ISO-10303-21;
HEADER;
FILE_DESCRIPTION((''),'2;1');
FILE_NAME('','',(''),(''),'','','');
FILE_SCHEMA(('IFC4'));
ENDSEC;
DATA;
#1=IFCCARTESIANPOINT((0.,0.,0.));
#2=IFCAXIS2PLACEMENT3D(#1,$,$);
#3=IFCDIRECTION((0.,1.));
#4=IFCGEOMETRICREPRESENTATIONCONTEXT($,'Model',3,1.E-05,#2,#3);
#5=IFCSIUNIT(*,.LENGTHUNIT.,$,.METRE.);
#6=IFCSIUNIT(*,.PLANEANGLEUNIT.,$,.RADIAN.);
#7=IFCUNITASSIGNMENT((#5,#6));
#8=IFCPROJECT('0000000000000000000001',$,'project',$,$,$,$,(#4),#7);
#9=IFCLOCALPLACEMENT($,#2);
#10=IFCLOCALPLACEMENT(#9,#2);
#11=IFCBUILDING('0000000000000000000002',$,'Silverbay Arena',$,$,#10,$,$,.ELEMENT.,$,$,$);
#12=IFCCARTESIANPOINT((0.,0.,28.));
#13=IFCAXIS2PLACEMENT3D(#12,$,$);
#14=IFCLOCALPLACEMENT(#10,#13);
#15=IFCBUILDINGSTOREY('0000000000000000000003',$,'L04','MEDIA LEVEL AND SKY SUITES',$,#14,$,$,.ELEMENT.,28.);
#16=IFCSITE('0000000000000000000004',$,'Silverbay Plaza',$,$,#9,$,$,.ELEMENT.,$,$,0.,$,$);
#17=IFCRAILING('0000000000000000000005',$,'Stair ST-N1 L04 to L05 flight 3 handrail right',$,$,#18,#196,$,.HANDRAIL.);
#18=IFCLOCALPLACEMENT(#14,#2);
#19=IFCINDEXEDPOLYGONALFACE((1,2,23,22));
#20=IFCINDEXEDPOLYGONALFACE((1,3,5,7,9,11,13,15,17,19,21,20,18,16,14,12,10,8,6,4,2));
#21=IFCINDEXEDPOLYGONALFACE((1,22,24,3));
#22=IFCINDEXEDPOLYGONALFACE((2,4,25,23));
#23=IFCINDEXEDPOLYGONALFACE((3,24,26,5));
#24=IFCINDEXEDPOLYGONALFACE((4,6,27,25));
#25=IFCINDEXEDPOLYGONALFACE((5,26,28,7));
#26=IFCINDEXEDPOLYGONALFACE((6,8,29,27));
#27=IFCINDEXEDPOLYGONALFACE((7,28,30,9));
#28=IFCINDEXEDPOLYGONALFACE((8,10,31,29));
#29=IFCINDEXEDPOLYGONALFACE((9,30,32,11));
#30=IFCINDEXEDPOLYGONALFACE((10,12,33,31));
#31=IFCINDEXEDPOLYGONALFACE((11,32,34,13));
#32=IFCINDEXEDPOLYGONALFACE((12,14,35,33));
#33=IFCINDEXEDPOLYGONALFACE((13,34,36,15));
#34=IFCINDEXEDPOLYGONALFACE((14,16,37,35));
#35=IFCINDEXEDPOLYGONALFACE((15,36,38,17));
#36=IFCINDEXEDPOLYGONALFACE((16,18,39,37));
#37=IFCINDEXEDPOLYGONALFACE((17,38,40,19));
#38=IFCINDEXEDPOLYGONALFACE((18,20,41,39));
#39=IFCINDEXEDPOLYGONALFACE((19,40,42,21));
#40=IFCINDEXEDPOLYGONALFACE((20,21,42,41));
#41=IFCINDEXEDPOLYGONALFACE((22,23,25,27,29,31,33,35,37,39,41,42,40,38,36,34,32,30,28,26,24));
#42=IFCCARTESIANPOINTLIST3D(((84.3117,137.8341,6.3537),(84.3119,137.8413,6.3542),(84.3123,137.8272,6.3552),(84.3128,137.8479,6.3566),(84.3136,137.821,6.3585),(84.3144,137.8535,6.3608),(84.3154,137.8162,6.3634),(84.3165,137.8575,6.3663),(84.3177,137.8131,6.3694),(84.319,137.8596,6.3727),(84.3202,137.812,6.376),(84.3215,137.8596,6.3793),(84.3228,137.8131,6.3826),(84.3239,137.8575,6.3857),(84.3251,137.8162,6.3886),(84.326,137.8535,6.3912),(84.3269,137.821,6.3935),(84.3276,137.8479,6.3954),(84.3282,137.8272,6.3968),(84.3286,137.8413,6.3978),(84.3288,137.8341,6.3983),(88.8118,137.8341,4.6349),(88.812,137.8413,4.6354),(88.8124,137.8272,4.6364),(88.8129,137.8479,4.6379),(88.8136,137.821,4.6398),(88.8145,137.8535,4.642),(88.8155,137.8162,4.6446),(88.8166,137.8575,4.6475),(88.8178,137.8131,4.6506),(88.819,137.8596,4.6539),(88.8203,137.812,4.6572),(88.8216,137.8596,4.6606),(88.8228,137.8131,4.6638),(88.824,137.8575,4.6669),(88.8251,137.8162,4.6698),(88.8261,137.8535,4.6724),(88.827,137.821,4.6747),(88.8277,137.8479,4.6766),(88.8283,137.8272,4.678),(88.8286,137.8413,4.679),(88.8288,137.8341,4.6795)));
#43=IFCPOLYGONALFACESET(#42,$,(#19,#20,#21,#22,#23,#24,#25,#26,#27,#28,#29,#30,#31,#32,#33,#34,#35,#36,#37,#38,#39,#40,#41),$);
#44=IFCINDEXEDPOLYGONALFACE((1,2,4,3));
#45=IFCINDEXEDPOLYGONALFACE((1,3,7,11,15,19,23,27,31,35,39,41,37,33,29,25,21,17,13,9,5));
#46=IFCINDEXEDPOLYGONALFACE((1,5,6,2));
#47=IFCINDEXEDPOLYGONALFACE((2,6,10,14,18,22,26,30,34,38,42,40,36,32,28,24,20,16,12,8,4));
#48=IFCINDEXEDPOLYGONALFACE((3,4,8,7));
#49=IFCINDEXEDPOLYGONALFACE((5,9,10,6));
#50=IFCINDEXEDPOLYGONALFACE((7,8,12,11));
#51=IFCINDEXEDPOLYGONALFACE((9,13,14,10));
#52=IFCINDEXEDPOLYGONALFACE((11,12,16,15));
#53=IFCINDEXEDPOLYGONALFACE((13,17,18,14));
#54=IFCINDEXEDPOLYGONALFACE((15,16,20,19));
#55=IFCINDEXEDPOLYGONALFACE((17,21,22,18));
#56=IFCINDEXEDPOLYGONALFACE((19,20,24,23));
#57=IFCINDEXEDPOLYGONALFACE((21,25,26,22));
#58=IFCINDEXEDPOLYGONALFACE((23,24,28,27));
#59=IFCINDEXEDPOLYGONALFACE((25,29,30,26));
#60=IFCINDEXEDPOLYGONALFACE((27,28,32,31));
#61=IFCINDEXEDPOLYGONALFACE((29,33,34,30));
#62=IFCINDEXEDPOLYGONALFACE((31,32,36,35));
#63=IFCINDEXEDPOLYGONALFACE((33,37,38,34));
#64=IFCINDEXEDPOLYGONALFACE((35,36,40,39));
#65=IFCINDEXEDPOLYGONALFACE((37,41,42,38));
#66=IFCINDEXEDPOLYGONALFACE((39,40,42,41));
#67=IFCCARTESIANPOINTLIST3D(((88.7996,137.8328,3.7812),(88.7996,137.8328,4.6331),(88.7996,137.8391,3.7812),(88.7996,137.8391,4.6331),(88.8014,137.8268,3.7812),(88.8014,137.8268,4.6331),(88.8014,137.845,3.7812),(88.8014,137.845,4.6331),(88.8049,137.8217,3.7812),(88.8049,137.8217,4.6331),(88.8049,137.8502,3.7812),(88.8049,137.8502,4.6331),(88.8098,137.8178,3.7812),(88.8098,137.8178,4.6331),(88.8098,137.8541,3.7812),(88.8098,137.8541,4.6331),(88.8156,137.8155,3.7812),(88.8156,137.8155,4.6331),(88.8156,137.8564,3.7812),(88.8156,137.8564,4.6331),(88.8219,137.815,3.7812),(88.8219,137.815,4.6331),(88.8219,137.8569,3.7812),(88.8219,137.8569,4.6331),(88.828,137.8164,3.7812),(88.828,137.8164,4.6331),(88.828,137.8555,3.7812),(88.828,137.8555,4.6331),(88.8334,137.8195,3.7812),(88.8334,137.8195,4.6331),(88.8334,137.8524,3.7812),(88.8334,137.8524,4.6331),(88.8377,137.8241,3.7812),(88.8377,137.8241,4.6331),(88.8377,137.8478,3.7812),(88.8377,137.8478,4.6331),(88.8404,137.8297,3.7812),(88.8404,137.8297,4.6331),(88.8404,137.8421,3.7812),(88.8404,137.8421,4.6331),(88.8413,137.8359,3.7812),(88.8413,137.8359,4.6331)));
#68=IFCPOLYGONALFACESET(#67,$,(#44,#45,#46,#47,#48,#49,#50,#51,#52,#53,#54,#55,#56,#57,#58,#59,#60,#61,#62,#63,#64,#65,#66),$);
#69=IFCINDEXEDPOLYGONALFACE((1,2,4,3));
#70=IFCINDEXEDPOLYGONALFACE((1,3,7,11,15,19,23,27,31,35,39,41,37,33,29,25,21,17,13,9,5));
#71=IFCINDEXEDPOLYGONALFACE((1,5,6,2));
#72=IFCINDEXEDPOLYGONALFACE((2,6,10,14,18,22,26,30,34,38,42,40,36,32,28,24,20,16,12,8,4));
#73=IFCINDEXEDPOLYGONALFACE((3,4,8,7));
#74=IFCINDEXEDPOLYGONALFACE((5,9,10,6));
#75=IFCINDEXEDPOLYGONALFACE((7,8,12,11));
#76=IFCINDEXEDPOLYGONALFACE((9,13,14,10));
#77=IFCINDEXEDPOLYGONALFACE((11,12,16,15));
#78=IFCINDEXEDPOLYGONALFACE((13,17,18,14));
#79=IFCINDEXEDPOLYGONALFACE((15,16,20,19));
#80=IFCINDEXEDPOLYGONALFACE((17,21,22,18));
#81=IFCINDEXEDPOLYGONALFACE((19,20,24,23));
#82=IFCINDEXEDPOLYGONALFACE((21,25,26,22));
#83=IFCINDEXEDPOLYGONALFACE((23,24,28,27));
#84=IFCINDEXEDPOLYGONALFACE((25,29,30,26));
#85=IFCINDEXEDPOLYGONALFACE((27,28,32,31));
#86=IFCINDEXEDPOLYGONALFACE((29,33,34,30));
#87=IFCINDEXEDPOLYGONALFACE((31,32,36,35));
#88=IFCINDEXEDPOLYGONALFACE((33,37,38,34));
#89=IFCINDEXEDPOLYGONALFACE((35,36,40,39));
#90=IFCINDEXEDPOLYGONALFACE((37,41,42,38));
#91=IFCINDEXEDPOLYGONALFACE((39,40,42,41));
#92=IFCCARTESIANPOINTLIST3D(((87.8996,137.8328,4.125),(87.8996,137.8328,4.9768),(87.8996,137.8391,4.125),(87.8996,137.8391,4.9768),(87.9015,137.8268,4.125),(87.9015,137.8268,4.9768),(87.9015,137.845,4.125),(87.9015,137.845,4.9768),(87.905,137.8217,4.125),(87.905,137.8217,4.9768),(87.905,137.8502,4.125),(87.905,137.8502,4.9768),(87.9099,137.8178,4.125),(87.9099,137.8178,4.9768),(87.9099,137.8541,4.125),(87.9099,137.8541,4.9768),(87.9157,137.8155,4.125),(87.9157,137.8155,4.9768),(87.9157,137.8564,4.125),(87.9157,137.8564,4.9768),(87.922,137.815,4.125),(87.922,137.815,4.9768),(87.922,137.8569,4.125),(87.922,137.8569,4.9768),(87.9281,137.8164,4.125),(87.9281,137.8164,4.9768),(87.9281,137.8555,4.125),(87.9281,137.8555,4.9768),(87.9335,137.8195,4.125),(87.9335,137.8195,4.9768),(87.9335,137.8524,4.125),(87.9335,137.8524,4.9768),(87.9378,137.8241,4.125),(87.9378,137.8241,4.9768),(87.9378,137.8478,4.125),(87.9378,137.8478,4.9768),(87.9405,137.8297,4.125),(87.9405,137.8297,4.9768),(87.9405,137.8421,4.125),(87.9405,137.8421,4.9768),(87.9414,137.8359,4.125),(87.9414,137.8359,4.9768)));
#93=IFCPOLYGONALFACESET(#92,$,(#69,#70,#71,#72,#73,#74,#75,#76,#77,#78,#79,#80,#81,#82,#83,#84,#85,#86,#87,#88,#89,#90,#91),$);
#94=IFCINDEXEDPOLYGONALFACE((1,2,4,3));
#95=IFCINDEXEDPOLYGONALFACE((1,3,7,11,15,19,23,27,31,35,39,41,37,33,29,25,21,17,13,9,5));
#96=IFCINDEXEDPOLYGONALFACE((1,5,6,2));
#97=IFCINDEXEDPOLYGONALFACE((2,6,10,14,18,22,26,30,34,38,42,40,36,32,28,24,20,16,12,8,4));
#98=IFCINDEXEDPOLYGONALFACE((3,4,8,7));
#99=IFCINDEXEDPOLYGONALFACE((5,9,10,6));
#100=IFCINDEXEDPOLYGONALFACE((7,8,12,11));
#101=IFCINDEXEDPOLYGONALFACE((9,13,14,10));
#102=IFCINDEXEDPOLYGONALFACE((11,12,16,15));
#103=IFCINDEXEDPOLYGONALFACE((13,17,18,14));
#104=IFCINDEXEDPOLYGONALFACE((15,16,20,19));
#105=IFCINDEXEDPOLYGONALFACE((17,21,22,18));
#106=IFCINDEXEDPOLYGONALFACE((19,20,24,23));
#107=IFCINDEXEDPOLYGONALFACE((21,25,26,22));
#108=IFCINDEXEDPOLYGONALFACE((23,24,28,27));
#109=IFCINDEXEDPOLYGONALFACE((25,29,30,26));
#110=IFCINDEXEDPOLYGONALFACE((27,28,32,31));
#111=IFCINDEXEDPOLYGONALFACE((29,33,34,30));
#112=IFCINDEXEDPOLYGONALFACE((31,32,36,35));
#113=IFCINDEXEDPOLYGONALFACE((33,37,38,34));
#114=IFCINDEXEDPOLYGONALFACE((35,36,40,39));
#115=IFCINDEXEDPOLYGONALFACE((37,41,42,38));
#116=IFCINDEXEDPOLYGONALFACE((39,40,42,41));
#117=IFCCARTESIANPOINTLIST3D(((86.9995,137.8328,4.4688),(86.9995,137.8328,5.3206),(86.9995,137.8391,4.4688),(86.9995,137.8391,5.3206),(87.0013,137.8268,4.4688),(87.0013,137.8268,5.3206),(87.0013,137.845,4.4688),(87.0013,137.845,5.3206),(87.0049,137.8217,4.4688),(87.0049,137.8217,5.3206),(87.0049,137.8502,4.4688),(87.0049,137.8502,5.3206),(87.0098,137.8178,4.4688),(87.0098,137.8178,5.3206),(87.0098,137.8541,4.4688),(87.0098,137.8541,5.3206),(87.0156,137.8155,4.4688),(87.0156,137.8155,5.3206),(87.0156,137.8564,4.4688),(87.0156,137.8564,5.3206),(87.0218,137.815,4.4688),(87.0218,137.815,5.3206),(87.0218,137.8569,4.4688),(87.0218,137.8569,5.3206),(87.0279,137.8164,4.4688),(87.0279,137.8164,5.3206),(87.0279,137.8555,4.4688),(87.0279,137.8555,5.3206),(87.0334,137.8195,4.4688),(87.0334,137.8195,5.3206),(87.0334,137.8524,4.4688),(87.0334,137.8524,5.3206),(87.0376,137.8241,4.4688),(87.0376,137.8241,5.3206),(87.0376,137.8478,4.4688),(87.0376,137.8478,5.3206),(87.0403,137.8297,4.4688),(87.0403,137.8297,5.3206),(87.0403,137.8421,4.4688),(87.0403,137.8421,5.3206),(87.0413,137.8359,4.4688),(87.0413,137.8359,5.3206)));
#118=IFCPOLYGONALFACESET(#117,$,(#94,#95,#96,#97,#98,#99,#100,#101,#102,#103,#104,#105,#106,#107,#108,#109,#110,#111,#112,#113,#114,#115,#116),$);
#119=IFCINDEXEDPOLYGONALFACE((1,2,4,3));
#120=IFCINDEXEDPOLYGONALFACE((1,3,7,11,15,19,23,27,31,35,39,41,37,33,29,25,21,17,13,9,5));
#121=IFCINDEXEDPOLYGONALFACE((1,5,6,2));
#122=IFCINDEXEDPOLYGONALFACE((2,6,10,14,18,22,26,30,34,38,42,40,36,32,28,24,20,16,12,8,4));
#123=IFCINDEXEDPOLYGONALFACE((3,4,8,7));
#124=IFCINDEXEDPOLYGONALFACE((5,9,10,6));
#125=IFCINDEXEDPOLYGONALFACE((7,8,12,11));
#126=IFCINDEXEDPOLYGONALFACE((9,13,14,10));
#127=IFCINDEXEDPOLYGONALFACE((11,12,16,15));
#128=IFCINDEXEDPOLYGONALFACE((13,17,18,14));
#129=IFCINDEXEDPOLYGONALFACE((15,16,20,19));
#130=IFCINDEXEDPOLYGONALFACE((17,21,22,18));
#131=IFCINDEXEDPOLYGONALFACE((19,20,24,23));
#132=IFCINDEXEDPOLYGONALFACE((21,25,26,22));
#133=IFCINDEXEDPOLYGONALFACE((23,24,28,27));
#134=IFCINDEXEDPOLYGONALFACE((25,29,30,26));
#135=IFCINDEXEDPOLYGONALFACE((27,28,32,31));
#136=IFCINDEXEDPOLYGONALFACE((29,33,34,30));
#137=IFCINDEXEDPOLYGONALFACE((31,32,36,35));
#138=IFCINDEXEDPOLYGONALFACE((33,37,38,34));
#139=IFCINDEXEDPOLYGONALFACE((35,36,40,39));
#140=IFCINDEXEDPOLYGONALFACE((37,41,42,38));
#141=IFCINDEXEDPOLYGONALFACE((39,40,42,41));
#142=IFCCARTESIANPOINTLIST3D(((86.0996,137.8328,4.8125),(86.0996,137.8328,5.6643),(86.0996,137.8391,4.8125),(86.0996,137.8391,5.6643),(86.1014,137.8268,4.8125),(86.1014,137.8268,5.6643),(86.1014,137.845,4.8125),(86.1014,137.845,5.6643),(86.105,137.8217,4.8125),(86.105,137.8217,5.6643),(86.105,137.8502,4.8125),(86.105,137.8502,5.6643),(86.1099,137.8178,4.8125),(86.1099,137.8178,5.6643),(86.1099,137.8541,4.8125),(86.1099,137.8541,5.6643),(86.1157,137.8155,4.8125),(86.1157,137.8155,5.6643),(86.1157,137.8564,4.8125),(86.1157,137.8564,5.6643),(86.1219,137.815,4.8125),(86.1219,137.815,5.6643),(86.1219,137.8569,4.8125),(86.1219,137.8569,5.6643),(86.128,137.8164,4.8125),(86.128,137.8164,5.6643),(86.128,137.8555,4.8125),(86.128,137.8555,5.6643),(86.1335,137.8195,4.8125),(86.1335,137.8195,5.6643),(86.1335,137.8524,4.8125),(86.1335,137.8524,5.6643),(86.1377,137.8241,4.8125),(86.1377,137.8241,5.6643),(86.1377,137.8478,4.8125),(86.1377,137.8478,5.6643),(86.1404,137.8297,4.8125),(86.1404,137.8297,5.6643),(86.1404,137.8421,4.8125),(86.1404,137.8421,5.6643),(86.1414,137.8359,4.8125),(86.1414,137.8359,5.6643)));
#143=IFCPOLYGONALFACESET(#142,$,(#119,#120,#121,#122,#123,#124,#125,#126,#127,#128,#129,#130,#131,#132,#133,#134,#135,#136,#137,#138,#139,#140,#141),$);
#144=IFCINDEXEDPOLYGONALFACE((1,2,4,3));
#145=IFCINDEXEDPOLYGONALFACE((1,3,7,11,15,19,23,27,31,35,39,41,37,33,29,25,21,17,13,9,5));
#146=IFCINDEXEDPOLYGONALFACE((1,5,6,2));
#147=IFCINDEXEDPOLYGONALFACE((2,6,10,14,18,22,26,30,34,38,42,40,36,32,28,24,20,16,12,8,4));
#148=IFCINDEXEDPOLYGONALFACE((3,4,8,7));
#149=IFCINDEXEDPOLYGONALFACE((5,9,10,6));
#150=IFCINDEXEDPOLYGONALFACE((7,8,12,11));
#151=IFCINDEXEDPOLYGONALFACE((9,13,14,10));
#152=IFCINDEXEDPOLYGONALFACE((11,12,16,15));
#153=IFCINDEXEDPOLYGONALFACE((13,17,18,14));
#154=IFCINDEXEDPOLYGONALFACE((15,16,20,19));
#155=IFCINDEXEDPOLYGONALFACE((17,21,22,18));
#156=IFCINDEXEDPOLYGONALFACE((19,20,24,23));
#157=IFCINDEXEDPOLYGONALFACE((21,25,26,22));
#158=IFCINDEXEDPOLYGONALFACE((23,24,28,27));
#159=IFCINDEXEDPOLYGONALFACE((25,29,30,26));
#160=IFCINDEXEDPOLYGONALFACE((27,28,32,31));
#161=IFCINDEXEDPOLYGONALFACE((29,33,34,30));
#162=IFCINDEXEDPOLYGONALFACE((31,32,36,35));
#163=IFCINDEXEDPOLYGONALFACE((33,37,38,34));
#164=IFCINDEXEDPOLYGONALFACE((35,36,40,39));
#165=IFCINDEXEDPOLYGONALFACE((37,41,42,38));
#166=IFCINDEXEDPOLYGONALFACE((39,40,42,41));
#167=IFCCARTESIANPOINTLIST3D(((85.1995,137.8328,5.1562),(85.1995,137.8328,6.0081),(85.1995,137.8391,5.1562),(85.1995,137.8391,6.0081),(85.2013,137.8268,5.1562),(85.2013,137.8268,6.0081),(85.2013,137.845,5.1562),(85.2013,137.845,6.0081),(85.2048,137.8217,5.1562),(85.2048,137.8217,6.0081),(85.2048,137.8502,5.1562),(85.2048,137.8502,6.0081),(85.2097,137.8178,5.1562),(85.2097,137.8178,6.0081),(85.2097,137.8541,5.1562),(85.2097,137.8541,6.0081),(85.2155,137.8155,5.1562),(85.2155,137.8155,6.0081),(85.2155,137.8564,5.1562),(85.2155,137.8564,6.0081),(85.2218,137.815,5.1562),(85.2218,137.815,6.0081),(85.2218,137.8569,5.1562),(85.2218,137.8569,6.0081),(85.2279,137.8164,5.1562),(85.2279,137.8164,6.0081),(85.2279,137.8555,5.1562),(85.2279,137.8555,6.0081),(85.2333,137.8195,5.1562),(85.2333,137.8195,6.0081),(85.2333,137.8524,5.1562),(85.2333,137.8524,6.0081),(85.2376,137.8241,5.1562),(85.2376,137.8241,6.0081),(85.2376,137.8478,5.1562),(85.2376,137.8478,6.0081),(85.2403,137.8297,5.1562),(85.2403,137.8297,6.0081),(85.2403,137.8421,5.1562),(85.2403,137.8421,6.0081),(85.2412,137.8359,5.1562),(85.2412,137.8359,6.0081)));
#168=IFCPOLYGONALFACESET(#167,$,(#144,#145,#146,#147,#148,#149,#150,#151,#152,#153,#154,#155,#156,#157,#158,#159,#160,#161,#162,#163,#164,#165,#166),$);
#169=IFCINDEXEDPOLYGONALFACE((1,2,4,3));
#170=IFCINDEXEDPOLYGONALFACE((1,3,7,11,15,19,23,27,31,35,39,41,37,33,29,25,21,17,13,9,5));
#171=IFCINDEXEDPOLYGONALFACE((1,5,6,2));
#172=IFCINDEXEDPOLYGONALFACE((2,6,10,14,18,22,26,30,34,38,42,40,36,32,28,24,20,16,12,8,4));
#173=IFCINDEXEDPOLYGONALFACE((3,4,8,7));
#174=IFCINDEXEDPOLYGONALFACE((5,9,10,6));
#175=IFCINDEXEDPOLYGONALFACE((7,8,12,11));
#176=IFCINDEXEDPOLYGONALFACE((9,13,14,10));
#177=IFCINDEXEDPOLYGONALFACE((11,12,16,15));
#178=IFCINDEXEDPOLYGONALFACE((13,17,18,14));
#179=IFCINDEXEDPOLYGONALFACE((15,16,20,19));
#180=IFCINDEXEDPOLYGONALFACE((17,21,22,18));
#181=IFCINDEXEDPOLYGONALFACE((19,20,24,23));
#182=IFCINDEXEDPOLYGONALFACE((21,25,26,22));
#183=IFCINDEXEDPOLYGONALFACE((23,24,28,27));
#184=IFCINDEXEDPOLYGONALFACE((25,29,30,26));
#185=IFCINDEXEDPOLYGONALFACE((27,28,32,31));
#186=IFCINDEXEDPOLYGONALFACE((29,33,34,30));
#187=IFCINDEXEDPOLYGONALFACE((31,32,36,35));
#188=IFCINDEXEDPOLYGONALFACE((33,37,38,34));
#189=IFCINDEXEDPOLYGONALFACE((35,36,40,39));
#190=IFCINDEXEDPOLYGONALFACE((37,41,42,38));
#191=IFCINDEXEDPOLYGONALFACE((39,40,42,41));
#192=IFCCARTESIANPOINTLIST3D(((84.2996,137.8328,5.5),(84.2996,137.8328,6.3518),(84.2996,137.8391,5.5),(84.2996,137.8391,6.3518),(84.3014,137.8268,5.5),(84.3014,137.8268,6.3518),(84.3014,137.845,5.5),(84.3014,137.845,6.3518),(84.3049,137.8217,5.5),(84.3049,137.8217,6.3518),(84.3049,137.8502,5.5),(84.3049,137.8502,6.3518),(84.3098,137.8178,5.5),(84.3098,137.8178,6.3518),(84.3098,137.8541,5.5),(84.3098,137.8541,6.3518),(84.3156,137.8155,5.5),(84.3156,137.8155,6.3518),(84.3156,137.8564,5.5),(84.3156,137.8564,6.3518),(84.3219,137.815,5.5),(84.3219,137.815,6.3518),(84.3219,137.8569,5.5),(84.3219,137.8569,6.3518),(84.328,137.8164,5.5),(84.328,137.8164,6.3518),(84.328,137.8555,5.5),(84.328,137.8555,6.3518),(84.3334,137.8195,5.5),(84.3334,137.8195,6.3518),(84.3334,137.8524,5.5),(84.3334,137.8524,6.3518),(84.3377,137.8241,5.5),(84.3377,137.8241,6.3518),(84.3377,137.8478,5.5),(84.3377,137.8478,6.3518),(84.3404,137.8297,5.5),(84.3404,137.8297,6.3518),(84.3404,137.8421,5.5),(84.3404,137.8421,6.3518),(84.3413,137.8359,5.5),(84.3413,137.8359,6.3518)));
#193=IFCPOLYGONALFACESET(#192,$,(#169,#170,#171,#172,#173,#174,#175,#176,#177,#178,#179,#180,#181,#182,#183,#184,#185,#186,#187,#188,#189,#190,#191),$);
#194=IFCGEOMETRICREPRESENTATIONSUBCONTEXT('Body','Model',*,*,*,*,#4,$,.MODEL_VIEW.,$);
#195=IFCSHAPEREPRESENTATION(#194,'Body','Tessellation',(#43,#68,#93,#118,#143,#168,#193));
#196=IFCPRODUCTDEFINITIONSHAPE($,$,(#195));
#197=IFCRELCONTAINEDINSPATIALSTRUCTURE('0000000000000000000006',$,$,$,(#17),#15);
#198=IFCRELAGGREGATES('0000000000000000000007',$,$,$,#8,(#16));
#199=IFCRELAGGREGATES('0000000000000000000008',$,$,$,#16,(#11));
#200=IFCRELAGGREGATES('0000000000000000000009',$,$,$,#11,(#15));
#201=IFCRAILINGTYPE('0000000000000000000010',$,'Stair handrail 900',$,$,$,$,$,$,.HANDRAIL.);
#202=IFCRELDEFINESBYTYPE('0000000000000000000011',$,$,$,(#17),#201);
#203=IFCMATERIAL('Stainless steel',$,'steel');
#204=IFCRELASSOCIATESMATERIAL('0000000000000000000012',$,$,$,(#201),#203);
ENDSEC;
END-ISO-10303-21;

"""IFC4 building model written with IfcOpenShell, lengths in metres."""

from ifc_helpers import new_model, si_unit, direction, frame, origin, origin_2d, place, context, subcontext, project, spatial, circle, extrude, material, type_object, element, save


model = new_model("IFC4")

# Units and contexts
model_context = context("Model", 3, precision=1e-05, world=origin(), true_north=direction((0.0, 1.0)))
body_context = subcontext(model_context, "Body", "Model", "MODEL_VIEW")
ifc_project = project(units=[si_unit("LENGTHUNIT", "METRE"), si_unit("PLANEANGLEUNIT", "RADIAN")], contexts=[model_context])

# Site, building, storey
site_placement = place(None, origin())
site = spatial("IfcSite", under=ifc_project, at=site_placement, Name="Silverbay Plaza", CompositionType="ELEMENT", RefElevation=0.0)
building_placement = place(site_placement, origin())
building = spatial("IfcBuilding", under=site, at=building_placement, Name="Silverbay Arena", CompositionType="ELEMENT")
storey_placement = place(building_placement, frame((0.0, 0.0, 28.0)))
storey = spatial("IfcBuildingStorey", under=building, at=storey_placement, Name="L04", Description="MEDIA LEVEL AND SKY SUITES", CompositionType="ELEMENT", Elevation=28.0)

# Railing
ifc_material_1 = material(Name="Stainless steel", Category="steel")
railing_type_1 = type_object("IfcRailingType", Name="Stair handrail 900", PredefinedType="HANDRAIL", material=ifc_material_1)
for number, where, name in (
    (1, (88.8203, 137.8359, 3.7812), "Stair ST-N1 L04 to L05 flight 3 handrail right"),
):
    element("IfcRailing", number, at=place(storey_placement, frame(where)), inside=storey, type_object=railing_type_1, Name=name, PredefinedType="HANDRAIL", context=body_context, shape_type="SweptSolid", body=[
        extrude(circle(Radius=0.0239, at=origin_2d()), frame((0.0, 0.0, 0.876), z_axis=(-0.934179, 0.0, 0.356805), x_axis=(0.0, -1.0, 0.0)), (0.0, 0.0, 1.0), 4.8171),
        extrude(circle(Radius=0.021, at=origin_2d()), origin(), (0.0, 0.0, 1.0), 0.8518),
        extrude(circle(Radius=0.021, at=origin_2d()), frame((-0.8999, 0.0, 0.3438)), (0.0, 0.0, 1.0), 0.8518),
        extrude(circle(Radius=0.021, at=origin_2d()), frame((-1.8, 0.0, 0.6875)), (0.0, 0.0, 1.0), 0.8518),
        extrude(circle(Radius=0.021, at=origin_2d()), frame((-2.7, 0.0, 1.0312)), (0.0, 0.0, 1.0), 0.8518),
        extrude(circle(Radius=0.021, at=origin_2d()), frame((-3.6001, 0.0, 1.375)), (0.0, 0.0, 1.0), 0.8518),
        extrude(circle(Radius=0.021, at=origin_2d()), frame((-4.5, 0.0, 1.7188)), (0.0, 0.0, 1.0), 0.8518),
    ])

save(model, "model.ifc")
